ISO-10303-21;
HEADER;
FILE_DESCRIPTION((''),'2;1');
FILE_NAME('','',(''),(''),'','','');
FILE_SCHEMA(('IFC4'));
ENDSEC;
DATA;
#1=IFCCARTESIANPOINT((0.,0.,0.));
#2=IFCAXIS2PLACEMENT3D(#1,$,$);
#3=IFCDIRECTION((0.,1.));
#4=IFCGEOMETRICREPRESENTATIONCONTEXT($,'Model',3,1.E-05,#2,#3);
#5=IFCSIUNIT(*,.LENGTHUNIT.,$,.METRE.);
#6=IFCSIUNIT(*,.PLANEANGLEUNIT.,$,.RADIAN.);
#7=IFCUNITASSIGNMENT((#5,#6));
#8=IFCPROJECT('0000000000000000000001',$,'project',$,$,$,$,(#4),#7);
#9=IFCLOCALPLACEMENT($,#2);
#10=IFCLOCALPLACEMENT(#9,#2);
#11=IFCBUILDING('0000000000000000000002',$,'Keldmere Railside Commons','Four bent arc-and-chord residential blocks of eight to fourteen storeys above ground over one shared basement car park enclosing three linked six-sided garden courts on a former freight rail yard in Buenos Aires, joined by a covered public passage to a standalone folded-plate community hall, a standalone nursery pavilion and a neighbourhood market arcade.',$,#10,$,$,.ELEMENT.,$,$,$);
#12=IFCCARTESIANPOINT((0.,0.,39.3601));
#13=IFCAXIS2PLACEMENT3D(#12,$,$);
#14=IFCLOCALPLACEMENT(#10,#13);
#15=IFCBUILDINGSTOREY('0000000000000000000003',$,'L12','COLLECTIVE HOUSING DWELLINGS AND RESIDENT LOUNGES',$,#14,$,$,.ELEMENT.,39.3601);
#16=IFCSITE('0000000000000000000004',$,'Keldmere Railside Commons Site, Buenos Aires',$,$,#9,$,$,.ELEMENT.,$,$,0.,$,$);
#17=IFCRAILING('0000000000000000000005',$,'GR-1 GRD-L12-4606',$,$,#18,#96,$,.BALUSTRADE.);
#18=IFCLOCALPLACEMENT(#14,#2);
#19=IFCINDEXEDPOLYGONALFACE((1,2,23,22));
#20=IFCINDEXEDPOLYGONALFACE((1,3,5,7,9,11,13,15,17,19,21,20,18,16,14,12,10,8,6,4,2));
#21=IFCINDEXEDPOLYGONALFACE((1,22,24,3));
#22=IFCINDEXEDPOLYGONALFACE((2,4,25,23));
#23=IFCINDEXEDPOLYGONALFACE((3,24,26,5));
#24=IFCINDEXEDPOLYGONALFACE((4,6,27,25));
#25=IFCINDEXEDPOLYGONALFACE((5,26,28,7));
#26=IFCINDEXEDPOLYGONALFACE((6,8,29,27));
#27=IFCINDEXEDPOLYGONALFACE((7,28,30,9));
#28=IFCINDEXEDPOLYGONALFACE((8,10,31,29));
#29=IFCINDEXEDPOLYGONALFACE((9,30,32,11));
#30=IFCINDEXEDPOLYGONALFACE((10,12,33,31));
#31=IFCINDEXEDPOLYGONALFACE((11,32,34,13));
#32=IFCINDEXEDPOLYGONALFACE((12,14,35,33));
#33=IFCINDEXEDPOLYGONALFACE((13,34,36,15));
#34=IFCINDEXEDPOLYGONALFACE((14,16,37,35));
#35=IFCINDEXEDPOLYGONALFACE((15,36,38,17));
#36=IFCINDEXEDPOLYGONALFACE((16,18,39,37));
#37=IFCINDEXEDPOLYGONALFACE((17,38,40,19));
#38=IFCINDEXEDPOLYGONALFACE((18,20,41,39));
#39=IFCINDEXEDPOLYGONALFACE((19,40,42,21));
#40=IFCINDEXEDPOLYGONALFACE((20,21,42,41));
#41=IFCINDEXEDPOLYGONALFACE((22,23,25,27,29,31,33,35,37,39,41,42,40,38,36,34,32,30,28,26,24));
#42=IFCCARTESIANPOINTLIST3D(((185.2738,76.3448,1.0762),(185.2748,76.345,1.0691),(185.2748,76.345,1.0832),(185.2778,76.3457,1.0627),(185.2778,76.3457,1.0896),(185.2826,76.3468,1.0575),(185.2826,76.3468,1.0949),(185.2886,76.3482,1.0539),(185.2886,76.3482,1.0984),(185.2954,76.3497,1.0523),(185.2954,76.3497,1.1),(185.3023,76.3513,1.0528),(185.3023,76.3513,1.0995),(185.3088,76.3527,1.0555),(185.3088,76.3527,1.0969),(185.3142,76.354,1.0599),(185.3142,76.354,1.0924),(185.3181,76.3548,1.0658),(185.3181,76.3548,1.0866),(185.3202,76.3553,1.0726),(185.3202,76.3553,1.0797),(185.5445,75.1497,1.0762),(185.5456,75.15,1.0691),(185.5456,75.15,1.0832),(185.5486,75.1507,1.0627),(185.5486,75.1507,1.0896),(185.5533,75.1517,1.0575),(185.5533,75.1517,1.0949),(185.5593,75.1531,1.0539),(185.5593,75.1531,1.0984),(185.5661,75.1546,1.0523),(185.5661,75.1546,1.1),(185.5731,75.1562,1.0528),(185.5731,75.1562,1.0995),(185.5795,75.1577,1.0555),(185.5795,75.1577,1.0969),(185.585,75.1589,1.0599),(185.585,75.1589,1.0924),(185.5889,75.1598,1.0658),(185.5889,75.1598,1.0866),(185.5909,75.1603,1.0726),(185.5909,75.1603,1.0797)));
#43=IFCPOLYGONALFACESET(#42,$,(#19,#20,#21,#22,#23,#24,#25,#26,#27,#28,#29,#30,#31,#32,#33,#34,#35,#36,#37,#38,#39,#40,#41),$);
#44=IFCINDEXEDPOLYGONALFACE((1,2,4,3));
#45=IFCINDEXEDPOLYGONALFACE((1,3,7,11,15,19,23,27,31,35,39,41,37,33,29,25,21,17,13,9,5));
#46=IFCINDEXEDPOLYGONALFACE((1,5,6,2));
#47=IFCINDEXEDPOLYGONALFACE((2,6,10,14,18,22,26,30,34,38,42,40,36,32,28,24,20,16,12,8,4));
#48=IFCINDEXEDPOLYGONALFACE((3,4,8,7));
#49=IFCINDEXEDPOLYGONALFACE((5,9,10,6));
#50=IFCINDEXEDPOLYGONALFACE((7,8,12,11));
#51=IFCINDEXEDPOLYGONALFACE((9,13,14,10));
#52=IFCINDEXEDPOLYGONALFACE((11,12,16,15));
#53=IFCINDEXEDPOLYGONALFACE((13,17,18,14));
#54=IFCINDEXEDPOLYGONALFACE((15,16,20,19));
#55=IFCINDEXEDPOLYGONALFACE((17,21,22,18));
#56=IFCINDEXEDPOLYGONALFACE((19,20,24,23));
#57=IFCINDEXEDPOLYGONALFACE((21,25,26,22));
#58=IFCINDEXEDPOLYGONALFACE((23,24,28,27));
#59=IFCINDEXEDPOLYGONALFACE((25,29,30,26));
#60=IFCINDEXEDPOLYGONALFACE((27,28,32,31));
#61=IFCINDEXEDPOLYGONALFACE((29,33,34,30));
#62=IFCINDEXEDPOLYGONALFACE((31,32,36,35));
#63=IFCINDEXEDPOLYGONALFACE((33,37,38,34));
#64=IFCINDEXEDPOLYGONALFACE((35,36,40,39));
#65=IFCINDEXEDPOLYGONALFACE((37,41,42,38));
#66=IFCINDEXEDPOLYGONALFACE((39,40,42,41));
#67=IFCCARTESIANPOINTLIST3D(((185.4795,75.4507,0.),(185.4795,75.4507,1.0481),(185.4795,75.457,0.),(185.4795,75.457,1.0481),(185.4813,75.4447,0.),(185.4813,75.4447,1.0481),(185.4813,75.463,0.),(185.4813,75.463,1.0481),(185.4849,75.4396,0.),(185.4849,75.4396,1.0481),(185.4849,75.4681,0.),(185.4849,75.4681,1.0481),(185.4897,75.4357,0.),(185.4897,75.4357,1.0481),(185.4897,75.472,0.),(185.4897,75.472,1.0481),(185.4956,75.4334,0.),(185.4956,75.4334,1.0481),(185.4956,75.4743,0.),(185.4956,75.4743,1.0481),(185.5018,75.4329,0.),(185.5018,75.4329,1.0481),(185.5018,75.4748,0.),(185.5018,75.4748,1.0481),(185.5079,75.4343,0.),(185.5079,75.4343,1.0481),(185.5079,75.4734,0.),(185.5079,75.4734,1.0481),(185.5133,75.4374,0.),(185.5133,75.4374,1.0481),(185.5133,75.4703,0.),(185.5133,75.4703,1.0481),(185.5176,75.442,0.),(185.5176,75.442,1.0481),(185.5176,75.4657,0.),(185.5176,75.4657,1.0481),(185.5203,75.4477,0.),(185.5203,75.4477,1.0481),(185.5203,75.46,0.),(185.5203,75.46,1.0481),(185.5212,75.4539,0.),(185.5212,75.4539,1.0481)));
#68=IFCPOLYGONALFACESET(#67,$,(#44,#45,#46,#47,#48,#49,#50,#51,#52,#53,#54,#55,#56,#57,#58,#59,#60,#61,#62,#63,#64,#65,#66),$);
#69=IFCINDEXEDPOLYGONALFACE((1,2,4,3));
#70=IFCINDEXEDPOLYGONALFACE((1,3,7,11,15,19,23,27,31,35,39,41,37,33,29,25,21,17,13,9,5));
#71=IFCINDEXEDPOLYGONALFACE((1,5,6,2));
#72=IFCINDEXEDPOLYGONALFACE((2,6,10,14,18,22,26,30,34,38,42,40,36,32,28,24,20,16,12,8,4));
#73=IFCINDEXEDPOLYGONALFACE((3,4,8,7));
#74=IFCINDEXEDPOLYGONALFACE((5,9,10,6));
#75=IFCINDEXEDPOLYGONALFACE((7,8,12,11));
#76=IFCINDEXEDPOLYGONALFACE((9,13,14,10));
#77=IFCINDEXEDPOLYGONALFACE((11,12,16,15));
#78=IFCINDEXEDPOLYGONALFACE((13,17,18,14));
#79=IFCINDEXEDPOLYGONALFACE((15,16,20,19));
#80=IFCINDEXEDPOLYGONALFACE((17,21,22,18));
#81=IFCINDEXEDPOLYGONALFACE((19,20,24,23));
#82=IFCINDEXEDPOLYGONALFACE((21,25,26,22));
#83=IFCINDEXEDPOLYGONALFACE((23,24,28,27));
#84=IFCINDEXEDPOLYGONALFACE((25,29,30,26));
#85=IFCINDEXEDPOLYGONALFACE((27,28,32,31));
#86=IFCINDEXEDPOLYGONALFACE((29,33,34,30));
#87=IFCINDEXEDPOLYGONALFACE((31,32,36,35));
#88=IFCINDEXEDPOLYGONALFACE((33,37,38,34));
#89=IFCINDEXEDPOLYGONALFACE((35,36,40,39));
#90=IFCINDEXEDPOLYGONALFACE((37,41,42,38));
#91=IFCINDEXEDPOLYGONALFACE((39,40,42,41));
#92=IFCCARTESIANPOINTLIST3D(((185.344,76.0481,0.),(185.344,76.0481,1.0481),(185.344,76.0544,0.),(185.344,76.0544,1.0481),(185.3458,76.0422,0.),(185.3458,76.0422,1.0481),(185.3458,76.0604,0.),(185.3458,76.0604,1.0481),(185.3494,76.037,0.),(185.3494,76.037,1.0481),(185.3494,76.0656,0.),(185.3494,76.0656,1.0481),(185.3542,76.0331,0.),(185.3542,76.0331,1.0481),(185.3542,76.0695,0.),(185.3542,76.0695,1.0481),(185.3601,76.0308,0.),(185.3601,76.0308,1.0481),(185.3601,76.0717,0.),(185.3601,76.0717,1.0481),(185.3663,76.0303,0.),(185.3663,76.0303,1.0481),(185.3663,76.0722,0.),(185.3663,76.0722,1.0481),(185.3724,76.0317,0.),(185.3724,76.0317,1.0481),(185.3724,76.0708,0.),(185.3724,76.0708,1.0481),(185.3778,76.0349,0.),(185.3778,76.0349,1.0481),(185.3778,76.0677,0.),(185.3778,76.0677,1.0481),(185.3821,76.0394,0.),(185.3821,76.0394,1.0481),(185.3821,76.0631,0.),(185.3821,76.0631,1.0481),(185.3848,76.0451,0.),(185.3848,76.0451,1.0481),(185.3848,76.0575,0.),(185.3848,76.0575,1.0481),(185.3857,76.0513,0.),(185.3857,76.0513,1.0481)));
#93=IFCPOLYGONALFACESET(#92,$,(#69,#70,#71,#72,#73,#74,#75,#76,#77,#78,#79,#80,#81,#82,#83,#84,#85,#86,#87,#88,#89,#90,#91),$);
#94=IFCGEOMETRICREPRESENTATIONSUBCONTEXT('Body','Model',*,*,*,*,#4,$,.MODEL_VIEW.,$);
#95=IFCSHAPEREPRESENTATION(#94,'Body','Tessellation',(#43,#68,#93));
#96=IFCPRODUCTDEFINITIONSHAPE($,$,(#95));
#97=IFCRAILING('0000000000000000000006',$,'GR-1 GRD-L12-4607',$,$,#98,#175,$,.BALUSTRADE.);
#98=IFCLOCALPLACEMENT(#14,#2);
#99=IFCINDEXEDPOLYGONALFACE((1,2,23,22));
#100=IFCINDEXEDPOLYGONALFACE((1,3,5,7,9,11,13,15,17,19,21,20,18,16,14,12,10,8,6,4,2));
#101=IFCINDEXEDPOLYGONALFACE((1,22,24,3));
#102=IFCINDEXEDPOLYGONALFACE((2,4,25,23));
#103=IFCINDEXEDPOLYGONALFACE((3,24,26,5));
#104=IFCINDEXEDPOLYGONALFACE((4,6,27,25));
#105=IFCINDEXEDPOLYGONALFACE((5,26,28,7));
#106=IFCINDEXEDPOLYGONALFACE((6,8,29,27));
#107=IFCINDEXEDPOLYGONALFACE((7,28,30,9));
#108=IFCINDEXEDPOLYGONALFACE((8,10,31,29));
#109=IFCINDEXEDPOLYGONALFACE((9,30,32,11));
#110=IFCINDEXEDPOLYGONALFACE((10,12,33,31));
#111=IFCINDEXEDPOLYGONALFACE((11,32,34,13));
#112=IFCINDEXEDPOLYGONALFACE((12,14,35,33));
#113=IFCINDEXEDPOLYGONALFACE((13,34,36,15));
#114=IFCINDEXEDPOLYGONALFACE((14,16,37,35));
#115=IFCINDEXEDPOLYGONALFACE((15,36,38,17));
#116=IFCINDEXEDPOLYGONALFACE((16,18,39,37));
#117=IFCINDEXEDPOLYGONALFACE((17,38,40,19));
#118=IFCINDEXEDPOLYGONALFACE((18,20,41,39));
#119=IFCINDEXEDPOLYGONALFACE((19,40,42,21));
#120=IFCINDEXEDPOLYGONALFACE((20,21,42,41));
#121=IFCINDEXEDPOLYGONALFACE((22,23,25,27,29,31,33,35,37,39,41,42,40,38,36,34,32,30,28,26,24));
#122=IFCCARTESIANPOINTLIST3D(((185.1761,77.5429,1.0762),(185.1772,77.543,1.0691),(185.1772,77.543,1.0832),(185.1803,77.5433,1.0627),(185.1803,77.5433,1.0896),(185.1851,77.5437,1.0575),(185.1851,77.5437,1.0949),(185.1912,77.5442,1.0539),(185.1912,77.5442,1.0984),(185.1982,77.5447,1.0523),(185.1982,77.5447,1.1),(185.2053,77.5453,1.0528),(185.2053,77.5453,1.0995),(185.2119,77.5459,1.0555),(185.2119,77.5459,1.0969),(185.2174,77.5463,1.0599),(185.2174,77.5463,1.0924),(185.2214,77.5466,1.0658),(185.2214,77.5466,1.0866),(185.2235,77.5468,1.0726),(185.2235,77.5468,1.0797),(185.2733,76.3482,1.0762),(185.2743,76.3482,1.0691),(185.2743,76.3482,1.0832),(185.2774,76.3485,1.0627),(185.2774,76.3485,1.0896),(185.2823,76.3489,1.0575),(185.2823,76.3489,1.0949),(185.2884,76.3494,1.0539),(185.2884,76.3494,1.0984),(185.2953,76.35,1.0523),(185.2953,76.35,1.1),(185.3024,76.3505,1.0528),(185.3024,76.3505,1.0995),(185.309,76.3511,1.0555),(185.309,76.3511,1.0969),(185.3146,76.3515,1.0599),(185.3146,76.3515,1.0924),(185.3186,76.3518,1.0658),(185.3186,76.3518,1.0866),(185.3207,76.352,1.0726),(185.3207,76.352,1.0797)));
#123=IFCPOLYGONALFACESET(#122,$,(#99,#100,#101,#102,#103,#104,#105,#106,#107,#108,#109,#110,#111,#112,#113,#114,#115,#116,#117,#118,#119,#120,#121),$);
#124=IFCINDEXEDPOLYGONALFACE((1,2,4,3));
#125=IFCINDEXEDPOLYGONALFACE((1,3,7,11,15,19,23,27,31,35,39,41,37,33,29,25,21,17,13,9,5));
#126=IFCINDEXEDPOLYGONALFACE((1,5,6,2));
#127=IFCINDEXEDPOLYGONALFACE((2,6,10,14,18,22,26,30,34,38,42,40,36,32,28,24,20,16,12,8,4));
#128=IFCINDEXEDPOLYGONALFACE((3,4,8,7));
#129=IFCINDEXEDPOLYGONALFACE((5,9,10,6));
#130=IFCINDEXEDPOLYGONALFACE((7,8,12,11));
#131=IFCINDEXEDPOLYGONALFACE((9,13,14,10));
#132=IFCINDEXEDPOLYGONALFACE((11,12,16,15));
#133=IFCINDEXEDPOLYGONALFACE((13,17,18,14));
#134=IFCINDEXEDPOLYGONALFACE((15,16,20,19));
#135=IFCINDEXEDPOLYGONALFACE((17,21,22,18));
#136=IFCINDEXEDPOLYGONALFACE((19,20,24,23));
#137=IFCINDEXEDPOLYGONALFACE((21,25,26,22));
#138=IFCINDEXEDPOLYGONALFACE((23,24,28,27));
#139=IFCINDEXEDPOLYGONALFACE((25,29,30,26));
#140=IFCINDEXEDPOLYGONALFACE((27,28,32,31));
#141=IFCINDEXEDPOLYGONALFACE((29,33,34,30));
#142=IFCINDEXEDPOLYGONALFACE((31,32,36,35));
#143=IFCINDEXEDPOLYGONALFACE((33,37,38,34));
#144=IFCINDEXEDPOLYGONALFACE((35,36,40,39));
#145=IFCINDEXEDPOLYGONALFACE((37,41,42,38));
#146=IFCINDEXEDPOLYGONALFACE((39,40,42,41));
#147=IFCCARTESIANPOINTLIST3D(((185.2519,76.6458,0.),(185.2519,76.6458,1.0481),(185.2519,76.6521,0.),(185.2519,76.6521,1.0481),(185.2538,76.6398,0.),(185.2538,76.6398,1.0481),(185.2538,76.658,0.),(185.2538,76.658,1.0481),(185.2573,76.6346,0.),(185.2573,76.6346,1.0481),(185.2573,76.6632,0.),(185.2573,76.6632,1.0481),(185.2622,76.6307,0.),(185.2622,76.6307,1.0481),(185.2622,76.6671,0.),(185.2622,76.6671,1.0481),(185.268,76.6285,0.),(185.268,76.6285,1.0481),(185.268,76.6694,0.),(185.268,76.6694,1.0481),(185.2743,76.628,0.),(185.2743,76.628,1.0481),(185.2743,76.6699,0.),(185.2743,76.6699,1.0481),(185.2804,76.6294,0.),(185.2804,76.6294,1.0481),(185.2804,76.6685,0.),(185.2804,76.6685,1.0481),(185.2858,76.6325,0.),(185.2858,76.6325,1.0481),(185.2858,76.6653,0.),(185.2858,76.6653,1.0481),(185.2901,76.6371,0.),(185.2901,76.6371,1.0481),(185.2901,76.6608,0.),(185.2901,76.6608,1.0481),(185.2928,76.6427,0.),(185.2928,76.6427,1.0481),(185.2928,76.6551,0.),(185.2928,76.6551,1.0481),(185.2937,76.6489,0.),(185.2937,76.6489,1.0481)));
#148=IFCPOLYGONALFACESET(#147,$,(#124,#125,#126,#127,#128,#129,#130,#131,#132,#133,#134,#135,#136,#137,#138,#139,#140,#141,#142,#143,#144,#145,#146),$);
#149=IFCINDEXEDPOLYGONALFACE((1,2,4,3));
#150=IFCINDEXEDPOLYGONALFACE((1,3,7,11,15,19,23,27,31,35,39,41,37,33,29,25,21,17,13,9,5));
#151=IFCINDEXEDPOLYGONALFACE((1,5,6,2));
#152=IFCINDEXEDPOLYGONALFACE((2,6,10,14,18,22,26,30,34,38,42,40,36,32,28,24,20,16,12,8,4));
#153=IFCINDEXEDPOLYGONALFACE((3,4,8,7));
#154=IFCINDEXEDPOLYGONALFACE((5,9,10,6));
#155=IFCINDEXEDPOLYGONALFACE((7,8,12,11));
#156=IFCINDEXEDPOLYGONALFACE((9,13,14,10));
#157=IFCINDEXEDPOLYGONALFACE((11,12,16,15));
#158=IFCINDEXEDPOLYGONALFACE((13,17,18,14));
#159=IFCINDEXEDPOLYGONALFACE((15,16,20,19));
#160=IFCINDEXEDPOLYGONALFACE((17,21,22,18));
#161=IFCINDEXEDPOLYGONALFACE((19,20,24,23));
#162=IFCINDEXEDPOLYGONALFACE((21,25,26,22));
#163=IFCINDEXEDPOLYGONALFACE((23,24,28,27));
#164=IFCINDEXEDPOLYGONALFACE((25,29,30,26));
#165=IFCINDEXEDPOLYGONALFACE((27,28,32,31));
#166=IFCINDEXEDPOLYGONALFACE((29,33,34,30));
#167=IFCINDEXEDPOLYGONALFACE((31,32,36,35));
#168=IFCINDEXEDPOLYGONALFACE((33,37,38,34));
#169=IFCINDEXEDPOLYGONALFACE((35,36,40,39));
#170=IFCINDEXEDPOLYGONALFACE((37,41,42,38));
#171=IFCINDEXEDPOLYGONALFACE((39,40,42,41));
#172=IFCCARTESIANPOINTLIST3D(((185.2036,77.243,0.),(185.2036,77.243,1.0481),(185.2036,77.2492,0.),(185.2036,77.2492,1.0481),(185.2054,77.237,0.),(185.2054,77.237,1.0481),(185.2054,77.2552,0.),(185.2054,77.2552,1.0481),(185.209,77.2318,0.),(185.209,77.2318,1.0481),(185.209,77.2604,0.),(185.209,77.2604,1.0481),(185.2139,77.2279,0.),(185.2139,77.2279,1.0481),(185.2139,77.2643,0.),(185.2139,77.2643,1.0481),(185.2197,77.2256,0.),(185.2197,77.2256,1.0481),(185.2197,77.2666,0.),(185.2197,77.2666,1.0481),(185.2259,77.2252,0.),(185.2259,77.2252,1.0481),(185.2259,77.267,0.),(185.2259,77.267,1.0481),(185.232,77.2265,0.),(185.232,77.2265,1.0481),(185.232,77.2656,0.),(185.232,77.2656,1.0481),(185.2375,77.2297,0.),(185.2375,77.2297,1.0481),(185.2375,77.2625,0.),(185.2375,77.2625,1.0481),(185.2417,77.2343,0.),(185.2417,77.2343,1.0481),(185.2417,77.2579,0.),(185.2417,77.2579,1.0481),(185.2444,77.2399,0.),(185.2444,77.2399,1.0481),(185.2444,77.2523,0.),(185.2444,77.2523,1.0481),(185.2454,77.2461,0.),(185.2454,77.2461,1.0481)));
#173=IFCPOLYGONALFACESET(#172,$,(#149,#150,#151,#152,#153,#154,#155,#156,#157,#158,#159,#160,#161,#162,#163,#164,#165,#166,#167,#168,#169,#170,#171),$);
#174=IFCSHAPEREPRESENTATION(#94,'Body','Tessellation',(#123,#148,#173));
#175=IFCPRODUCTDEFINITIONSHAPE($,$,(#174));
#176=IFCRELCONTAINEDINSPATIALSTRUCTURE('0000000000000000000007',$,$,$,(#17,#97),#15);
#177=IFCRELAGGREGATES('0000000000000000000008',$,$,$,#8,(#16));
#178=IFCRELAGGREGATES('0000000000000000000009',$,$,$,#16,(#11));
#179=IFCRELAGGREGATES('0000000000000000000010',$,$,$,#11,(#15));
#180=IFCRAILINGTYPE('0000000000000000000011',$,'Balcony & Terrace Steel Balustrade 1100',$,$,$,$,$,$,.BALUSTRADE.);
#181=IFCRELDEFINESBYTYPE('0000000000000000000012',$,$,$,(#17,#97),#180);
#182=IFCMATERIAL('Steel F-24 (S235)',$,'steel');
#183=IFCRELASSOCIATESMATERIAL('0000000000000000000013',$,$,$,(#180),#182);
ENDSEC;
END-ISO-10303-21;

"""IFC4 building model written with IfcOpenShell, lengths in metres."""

from ifc_helpers import new_model, si_unit, direction, frame, origin, origin_2d, place, context, subcontext, project, spatial, circle, extrude, material, type_object, element, save


model = new_model("IFC4")

# Units and contexts
model_context = context("Model", 3, precision=1e-05, world=origin(), true_north=direction((0.0, 1.0)))
body_context = subcontext(model_context, "Body", "Model", "MODEL_VIEW")
ifc_project = project(units=[si_unit("LENGTHUNIT", "METRE"), si_unit("PLANEANGLEUNIT", "RADIAN")], contexts=[model_context])

# Site, building, storey
site_placement = place(None, origin())
site = spatial("IfcSite", under=ifc_project, at=site_placement, Name="Keldmere Railside Commons Site, Buenos Aires", CompositionType="ELEMENT", RefElevation=0.0)
building_placement = place(site_placement, origin())
building = spatial("IfcBuilding", under=site, at=building_placement, Name="Keldmere Railside Commons", Description="Four bent arc-and-chord residential blocks of eight to fourteen storeys above ground over one shared basement car park enclosing three linked six-sided garden courts on a former freight rail yard in Buenos Aires, joined by a covered public passage to a standalone folded-plate community hall, a standalone nursery pavilion and a neighbourhood market arcade.", CompositionType="ELEMENT")
storey_placement = place(building_placement, frame((0.0, 0.0, 39.3601)))
storey = spatial("IfcBuildingStorey", under=building, at=storey_placement, Name="L12", Description="COLLECTIVE HOUSING DWELLINGS AND RESIDENT LOUNGES", CompositionType="ELEMENT", Elevation=39.3601)

# Shared definitions
ifc_material_1 = material(Name="Steel F-24 (S235)", Category="steel")

# Railings
railing_type_1 = type_object("IfcRailingType", Name="Balcony & Terrace Steel Balustrade 1100", PredefinedType="BALUSTRADE", material=ifc_material_1)
railing_1_placement = place(storey_placement, frame((185.5679, 75.155, 0.0)))
element("IfcRailing", 1, at=railing_1_placement, inside=storey, type_object=railing_type_1, Name="GR-1 GRD-L12-4606", PredefinedType="BALUSTRADE", context=body_context, shape_type="SweptSolid", body=[
    extrude(circle(Radius=0.0239, at=origin_2d()), frame((0.0, 0.0, 1.0762), z_axis=(-0.220958, 0.975283, 0.0), x_axis=(-0.975283, -0.220958, 0.0)), (0.0, 0.0, 1.0), 1.2253),
    extrude(circle(Radius=0.021, at=origin_2d()), frame((-0.0676, 0.2988, 0.0)), (0.0, 0.0, 1.0), 1.0481),
    extrude(circle(Radius=0.021, at=origin_2d()), frame((-0.2031, 0.8962, 0.0)), (0.0, 0.0, 1.0), 1.0481),
])
railing_2_placement = place(storey_placement, frame((185.2971, 76.3501, 0.0)))
element("IfcRailing", 2, at=railing_2_placement, inside=storey, type_object=railing_type_1, Name="GR-1 GRD-L12-4607", PredefinedType="BALUSTRADE", context=body_context, shape_type="SweptSolid", body=[
    extrude(circle(Radius=0.0239, at=origin_2d()), frame((0.0, 0.0, 1.0762), z_axis=(-0.081056, 0.99671, 0.0), x_axis=(-0.99671, -0.081056, 0.0)), (0.0, 0.0, 1.0), 1.1987),
    extrude(circle(Radius=0.021, at=origin_2d()), frame((-0.0244, 0.2988, 0.0)), (0.0, 0.0, 1.0), 1.0481),
    extrude(circle(Radius=0.021, at=origin_2d()), frame((-0.0728, 0.896, 0.0)), (0.0, 0.0, 1.0), 1.0481),
])

save(model, "model.ifc")
